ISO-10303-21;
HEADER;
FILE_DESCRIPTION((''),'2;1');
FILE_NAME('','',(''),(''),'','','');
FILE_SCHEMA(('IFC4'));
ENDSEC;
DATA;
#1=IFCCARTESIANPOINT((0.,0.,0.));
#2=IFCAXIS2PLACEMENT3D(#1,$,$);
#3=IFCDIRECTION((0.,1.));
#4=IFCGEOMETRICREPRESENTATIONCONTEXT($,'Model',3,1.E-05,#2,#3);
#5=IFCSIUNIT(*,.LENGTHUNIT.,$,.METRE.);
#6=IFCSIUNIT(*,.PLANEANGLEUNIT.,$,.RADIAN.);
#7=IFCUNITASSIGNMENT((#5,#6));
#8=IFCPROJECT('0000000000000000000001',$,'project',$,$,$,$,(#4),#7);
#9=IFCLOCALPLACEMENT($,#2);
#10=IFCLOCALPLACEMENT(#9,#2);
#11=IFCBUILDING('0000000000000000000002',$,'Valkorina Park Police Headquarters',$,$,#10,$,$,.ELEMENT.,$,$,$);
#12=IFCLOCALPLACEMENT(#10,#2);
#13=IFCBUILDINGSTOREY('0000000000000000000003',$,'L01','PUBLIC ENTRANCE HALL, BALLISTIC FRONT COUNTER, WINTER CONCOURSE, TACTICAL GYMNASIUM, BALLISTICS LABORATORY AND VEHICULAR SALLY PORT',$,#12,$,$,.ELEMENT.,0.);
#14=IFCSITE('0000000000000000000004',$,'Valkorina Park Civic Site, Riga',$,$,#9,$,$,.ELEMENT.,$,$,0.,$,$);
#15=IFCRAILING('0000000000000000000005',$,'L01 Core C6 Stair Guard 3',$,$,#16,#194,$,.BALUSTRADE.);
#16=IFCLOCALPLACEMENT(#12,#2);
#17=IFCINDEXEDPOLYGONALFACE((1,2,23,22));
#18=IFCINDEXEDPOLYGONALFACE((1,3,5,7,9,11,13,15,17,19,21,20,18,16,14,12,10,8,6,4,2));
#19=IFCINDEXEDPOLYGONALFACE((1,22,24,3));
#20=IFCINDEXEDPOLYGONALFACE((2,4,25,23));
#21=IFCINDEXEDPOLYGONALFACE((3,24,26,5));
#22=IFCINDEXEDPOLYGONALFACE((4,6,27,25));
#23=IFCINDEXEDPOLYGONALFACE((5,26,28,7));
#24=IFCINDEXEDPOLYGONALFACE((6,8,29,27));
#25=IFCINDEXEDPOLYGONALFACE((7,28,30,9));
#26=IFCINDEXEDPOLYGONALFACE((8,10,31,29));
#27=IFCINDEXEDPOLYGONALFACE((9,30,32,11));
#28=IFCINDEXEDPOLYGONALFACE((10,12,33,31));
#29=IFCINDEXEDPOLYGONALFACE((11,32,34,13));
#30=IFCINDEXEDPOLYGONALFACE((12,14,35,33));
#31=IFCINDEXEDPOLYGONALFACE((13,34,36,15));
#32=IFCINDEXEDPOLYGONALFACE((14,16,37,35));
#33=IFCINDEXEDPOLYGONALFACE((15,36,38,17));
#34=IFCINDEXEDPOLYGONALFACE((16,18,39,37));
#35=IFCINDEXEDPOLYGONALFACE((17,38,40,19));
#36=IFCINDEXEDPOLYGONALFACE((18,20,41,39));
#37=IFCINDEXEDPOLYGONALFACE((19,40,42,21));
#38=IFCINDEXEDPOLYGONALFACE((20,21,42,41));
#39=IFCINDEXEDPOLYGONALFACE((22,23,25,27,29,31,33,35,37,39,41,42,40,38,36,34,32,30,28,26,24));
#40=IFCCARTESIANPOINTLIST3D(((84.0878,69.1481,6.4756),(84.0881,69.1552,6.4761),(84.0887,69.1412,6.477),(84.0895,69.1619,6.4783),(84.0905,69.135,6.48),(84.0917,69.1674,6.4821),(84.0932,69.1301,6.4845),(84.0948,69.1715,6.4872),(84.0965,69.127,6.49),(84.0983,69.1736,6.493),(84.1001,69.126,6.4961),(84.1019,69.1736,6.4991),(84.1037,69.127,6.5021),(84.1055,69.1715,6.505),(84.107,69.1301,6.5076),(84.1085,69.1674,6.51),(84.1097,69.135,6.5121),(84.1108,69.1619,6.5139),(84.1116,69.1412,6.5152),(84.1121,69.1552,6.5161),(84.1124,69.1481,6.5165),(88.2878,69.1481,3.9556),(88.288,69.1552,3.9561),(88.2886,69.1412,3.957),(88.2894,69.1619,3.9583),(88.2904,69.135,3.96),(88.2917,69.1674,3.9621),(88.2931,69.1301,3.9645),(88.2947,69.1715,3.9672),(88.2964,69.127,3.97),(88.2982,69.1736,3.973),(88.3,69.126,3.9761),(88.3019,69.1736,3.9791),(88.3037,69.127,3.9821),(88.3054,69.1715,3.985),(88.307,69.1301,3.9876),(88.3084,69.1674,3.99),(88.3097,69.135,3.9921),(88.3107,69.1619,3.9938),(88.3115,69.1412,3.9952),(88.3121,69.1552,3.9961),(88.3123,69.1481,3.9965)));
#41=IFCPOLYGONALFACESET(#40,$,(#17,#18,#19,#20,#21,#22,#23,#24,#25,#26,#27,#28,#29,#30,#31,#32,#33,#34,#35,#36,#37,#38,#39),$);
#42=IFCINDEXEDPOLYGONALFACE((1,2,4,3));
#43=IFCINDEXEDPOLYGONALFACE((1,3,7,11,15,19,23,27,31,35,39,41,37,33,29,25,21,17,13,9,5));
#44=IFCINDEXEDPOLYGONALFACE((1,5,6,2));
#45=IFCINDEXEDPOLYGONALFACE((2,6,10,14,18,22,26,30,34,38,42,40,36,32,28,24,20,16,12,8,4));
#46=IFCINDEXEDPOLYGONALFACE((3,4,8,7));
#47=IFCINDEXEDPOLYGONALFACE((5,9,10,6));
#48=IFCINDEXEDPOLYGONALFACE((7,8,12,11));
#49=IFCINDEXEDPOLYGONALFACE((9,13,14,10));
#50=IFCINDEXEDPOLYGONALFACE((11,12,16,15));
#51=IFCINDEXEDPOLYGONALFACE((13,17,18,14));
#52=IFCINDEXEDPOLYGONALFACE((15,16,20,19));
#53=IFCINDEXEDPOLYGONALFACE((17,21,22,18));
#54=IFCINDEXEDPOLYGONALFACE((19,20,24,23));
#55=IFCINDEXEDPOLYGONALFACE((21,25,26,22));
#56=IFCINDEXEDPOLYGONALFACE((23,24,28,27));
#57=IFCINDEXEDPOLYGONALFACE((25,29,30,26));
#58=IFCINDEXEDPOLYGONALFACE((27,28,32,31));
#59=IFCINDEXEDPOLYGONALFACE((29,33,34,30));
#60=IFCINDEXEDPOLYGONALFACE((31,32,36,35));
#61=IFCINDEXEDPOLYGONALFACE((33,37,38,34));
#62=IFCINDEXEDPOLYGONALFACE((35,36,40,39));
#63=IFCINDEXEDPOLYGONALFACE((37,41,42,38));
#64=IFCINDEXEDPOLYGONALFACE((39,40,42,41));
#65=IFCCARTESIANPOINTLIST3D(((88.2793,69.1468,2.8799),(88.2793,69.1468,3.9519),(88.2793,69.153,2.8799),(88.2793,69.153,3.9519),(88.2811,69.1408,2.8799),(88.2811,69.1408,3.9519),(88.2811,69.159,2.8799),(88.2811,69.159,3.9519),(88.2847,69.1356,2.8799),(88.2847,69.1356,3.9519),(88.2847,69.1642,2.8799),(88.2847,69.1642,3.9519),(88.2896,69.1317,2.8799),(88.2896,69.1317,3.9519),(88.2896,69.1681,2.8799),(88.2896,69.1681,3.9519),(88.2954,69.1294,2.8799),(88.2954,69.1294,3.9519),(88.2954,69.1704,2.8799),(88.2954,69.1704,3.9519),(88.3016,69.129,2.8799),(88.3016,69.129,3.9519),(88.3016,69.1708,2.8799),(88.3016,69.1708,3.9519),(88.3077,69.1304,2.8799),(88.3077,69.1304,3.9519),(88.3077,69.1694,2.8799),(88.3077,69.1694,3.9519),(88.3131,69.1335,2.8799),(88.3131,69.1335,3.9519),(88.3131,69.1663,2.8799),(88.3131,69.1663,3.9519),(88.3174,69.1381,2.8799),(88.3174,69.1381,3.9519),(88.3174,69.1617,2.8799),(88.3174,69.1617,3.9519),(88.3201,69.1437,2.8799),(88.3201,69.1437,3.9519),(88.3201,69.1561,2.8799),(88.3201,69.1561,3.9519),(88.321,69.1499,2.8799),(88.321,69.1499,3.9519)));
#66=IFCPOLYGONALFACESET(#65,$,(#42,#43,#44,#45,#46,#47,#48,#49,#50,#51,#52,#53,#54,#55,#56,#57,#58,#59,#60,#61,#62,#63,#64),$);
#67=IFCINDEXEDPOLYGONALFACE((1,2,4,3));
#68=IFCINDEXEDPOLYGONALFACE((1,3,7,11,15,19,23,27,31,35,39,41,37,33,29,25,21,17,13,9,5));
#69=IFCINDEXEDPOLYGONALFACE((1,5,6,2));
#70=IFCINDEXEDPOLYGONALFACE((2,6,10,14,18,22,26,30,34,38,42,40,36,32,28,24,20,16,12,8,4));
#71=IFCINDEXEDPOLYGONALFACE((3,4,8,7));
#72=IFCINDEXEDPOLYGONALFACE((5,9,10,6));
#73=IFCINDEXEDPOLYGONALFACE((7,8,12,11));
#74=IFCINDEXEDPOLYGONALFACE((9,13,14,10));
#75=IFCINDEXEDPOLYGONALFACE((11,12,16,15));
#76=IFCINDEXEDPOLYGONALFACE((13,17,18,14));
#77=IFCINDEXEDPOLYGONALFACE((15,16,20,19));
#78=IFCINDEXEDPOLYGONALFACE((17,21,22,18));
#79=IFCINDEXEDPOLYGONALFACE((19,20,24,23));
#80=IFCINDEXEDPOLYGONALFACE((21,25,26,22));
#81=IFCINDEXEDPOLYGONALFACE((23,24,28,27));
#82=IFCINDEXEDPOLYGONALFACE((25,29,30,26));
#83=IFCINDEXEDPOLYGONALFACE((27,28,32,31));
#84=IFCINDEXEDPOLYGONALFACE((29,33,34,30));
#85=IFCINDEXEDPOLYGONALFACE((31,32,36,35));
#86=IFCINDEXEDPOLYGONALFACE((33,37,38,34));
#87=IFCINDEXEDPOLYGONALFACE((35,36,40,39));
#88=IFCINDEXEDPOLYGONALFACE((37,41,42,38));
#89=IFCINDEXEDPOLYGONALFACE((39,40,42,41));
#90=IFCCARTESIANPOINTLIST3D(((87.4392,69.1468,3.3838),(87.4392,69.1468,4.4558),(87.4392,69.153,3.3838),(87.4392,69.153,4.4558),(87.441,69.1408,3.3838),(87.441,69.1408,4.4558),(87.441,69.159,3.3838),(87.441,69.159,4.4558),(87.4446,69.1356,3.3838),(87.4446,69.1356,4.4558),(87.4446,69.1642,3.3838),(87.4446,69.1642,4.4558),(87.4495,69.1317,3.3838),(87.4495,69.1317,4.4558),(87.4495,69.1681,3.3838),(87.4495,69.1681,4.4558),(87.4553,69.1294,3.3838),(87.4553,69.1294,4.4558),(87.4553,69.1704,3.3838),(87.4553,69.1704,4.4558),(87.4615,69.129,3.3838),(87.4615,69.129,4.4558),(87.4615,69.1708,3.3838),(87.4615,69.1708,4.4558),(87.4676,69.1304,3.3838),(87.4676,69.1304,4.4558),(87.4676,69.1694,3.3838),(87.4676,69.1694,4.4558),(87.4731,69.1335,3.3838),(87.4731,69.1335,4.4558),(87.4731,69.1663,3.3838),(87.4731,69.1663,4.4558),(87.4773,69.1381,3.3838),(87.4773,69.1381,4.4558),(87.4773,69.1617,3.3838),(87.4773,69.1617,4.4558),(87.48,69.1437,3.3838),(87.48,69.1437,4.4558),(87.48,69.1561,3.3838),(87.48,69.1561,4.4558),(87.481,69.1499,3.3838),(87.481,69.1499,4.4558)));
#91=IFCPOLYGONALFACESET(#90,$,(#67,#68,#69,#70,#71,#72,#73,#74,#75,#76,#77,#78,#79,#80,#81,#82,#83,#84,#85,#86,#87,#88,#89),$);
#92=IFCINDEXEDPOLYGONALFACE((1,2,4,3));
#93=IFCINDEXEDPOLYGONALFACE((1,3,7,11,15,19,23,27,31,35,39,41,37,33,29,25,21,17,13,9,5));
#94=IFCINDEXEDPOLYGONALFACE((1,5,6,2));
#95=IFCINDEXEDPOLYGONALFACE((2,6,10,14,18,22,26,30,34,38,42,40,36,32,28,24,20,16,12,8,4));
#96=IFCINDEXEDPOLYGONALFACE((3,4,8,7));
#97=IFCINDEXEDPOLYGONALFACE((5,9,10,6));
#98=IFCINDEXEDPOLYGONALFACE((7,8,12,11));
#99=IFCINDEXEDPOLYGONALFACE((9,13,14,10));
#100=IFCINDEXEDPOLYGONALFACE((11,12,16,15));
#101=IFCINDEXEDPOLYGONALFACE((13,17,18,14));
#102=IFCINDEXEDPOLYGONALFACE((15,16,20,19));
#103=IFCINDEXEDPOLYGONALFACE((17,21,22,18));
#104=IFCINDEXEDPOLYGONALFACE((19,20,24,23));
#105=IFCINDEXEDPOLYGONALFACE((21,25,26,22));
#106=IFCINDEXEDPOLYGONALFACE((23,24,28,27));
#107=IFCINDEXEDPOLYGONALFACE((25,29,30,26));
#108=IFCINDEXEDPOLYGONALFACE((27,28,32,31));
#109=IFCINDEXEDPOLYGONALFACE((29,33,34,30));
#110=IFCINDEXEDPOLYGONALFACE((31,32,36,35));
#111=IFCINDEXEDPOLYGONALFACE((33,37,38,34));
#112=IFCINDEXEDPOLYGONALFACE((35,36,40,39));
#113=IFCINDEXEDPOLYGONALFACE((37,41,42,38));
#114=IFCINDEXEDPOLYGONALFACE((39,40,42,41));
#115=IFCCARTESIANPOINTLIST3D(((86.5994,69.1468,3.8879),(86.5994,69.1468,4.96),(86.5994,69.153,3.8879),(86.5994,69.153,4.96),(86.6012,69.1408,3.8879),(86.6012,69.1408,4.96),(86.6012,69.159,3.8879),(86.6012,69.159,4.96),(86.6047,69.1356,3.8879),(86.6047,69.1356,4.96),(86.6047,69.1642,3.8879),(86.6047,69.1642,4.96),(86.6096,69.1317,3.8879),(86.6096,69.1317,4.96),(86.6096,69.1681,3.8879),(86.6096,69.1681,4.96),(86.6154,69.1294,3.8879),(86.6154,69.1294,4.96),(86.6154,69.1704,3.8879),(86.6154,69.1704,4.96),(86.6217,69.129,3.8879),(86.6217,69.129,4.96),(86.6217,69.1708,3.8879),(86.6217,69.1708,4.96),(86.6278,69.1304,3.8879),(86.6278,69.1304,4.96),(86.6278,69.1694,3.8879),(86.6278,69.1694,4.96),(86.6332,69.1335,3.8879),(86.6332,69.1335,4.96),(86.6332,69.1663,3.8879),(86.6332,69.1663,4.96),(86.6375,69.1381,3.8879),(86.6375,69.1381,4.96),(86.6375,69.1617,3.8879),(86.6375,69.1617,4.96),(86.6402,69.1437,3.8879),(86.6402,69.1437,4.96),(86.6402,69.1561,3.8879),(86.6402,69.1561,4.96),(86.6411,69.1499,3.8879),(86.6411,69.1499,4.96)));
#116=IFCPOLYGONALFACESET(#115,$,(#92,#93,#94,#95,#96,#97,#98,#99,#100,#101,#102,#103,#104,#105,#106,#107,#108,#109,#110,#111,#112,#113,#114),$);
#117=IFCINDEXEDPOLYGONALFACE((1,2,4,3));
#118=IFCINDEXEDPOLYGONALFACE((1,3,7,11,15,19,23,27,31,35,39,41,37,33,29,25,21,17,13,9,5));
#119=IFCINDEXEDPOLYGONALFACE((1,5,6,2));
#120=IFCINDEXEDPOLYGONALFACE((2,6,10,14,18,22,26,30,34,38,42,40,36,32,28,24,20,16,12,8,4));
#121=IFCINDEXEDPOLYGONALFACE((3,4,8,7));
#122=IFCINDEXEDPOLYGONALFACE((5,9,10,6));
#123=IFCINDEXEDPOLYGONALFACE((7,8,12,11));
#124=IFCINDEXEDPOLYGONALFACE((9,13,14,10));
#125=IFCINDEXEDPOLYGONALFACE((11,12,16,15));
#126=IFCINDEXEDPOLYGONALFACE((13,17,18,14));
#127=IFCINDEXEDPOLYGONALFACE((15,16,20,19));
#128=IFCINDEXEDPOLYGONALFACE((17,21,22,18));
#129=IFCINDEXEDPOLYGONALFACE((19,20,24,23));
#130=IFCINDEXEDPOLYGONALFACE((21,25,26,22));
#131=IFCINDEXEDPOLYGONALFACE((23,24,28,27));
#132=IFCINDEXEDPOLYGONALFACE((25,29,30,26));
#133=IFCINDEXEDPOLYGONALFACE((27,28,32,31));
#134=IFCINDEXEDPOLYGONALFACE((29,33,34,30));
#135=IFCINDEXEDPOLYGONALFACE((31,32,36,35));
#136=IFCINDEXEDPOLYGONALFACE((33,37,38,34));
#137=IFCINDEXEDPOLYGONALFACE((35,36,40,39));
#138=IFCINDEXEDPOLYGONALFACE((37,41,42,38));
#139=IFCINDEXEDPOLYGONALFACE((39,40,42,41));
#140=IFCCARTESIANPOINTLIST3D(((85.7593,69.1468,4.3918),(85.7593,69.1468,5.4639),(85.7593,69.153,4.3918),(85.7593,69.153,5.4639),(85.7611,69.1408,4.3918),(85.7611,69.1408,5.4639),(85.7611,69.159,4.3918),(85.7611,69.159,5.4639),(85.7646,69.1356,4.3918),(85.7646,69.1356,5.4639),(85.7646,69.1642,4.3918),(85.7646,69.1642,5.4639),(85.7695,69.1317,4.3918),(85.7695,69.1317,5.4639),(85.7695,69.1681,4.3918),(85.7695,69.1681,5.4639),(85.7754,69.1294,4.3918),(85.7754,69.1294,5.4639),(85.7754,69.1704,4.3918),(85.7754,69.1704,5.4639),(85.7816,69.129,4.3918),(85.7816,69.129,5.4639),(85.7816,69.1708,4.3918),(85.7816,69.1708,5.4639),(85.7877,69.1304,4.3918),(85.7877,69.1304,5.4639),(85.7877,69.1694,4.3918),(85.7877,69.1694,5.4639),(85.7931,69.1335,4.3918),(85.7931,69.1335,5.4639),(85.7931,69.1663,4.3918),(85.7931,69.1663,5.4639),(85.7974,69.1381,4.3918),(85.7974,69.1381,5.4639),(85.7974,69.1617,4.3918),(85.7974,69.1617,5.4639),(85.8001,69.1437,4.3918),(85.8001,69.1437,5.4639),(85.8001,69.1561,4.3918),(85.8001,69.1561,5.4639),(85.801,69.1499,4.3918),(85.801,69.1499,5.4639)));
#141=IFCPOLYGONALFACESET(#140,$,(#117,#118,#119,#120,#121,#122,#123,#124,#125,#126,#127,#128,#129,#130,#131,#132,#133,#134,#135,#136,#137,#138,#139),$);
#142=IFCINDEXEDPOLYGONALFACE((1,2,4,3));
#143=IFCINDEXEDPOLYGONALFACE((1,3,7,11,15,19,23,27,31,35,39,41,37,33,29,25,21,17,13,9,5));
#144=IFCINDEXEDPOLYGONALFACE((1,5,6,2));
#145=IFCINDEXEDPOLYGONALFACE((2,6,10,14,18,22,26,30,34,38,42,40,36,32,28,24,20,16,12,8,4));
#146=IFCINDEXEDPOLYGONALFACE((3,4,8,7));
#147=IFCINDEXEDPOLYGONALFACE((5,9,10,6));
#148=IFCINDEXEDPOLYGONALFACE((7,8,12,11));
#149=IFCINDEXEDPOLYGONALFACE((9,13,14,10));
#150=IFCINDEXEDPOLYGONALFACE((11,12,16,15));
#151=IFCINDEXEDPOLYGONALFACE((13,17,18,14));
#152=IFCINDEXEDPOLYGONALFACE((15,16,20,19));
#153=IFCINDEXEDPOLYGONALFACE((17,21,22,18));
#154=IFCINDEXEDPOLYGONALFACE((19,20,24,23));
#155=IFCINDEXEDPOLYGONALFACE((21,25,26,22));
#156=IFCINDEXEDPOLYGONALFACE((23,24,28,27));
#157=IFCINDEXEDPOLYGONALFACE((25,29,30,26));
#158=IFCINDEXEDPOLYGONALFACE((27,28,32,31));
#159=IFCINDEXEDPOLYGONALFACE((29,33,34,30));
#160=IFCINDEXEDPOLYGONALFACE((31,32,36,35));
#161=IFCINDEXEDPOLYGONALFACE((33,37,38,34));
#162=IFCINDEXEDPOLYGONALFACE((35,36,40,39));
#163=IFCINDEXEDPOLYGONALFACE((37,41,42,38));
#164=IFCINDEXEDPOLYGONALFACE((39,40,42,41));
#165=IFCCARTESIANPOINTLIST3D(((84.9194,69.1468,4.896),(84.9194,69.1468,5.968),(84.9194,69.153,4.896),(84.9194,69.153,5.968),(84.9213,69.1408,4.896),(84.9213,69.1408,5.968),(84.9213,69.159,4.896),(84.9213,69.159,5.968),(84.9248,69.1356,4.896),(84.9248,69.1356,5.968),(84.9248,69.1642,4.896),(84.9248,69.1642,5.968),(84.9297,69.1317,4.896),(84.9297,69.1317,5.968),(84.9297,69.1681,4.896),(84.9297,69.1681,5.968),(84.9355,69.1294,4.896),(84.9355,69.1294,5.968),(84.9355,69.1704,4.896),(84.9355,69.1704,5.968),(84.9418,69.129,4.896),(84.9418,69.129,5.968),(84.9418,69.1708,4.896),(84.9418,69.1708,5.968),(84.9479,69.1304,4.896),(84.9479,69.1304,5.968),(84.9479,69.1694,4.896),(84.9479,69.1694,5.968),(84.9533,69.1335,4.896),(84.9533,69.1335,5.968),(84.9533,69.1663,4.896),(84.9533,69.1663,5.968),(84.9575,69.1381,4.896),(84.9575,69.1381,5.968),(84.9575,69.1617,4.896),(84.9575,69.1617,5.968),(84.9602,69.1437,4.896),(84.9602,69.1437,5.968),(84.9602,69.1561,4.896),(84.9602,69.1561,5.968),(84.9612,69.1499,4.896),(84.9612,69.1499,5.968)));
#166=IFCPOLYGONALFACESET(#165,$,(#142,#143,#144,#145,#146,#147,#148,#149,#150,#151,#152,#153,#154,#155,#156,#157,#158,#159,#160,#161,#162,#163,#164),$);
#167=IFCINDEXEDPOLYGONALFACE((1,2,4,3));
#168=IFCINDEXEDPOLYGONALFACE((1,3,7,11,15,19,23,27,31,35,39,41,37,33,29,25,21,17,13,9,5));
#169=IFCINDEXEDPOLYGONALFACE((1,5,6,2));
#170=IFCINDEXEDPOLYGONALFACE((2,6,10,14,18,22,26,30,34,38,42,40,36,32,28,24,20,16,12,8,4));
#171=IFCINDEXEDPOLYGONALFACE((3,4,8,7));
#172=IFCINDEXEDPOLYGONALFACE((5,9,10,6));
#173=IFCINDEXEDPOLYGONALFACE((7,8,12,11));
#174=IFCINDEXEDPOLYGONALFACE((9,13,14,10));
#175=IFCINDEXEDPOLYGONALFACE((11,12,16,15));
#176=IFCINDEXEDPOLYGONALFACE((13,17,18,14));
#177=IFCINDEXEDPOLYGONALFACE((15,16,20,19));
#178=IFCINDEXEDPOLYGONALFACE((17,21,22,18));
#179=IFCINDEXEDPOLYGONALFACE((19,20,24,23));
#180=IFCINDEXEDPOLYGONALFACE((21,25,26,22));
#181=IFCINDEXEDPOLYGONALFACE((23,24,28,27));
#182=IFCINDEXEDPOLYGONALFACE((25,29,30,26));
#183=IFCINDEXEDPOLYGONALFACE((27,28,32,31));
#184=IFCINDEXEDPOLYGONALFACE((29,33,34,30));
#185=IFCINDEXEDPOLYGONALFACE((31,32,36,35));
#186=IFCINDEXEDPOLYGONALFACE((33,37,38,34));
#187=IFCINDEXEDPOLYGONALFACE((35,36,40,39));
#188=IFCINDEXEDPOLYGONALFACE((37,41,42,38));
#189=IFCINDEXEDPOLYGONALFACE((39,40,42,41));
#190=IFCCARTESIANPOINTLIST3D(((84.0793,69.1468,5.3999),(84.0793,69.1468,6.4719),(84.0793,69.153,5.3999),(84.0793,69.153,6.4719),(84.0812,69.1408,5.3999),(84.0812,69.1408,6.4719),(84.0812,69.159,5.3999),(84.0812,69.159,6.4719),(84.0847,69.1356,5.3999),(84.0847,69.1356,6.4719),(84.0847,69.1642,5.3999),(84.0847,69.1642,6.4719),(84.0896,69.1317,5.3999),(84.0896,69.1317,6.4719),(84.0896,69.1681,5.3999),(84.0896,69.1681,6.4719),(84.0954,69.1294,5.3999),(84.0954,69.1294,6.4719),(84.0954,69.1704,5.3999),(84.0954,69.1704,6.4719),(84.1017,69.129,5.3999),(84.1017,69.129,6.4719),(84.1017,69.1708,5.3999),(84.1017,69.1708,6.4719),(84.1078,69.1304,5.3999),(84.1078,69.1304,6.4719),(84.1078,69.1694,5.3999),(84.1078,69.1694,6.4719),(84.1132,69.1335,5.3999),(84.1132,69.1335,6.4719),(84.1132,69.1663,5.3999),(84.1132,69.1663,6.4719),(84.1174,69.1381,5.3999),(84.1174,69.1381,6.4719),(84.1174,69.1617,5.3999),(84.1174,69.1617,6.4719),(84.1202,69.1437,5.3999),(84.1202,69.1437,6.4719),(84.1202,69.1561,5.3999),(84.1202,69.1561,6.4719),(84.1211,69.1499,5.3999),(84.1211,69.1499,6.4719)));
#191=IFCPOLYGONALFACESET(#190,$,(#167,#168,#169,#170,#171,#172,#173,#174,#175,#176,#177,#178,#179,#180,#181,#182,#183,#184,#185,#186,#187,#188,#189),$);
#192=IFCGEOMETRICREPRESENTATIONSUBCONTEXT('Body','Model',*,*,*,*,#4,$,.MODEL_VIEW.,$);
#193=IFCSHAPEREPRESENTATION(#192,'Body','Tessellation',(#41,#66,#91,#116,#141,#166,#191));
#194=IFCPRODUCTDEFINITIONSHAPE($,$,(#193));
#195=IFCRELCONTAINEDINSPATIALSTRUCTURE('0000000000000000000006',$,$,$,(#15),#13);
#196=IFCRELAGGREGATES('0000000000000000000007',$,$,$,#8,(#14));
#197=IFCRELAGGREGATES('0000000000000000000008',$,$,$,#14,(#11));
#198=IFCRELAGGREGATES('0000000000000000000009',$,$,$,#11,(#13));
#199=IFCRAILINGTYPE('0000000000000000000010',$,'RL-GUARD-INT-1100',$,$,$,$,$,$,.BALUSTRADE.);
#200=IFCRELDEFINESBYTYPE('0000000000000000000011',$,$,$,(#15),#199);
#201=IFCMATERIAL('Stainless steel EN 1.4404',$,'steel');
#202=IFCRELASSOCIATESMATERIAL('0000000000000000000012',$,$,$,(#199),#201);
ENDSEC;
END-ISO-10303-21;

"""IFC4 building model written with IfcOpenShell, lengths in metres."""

from ifc_helpers import new_model, si_unit, direction, frame, origin, origin_2d, place, context, subcontext, project, spatial, circle, extrude, material, type_object, element, save


model = new_model("IFC4")

# Units and contexts
model_context = context("Model", 3, precision=1e-05, world=origin(), true_north=direction((0.0, 1.0)))
body_context = subcontext(model_context, "Body", "Model", "MODEL_VIEW")
ifc_project = project(units=[si_unit("LENGTHUNIT", "METRE"), si_unit("PLANEANGLEUNIT", "RADIAN")], contexts=[model_context])

# Site, building, storey
site_placement = place(None, origin())
site = spatial("IfcSite", under=ifc_project, at=site_placement, Name="Valkorina Park Civic Site, Riga", CompositionType="ELEMENT", RefElevation=0.0)
building_placement = place(site_placement, origin())
building = spatial("IfcBuilding", under=site, at=building_placement, Name="Valkorina Park Police Headquarters", CompositionType="ELEMENT")
storey_placement = place(building_placement, origin())
storey = spatial("IfcBuildingStorey", under=building, at=storey_placement, Name="L01", Description="PUBLIC ENTRANCE HALL, BALLISTIC FRONT COUNTER, WINTER CONCOURSE, TACTICAL GYMNASIUM, BALLISTICS LABORATORY AND VEHICULAR SALLY PORT", CompositionType="ELEMENT", Elevation=0.0)

# Shared definitions
ifc_material_1 = material(Name="Stainless steel EN 1.4404", Category="steel")

# Railing
railing_type_1 = type_object("IfcRailingType", Name="RL-GUARD-INT-1100", PredefinedType="BALUSTRADE", material=ifc_material_1)
railing_1_placement = place(storey_placement, frame((88.3, 69.1499, 2.8799)))
element("IfcRailing", 1, at=railing_1_placement, inside=storey, type_object=railing_type_1, Name="L01 Core C6 Stair Guard 3", PredefinedType="BALUSTRADE", context=body_context, shape_type="SweptSolid", body=[
    extrude(circle(Radius=0.0239, at=origin_2d()), frame((0.0, 0.0, 1.0962), z_axis=(-0.857489, 0.0, 0.514503), x_axis=(0.0, -1.0, 0.0)), (0.0, 0.0, 1.0), 4.8979),
    extrude(circle(Radius=0.021, at=origin_2d()), origin(), (0.0, 0.0, 1.0), 1.072),
    extrude(circle(Radius=0.021, at=origin_2d()), frame((-0.8401, 0.0, 0.5039)), (0.0, 0.0, 1.0), 1.072),
    extrude(circle(Radius=0.021, at=origin_2d()), frame((-1.6799, 0.0, 1.0081)), (0.0, 0.0, 1.0), 1.072),
    extrude(circle(Radius=0.021, at=origin_2d()), frame((-2.52, 0.0, 1.512)), (0.0, 0.0, 1.0), 1.072),
    extrude(circle(Radius=0.021, at=origin_2d()), frame((-3.3599, 0.0, 2.0161)), (0.0, 0.0, 1.0), 1.072),
    extrude(circle(Radius=0.021, at=origin_2d()), frame((-4.2, 0.0, 2.52)), (0.0, 0.0, 1.0), 1.072),
])

save(model, "model.ifc")
